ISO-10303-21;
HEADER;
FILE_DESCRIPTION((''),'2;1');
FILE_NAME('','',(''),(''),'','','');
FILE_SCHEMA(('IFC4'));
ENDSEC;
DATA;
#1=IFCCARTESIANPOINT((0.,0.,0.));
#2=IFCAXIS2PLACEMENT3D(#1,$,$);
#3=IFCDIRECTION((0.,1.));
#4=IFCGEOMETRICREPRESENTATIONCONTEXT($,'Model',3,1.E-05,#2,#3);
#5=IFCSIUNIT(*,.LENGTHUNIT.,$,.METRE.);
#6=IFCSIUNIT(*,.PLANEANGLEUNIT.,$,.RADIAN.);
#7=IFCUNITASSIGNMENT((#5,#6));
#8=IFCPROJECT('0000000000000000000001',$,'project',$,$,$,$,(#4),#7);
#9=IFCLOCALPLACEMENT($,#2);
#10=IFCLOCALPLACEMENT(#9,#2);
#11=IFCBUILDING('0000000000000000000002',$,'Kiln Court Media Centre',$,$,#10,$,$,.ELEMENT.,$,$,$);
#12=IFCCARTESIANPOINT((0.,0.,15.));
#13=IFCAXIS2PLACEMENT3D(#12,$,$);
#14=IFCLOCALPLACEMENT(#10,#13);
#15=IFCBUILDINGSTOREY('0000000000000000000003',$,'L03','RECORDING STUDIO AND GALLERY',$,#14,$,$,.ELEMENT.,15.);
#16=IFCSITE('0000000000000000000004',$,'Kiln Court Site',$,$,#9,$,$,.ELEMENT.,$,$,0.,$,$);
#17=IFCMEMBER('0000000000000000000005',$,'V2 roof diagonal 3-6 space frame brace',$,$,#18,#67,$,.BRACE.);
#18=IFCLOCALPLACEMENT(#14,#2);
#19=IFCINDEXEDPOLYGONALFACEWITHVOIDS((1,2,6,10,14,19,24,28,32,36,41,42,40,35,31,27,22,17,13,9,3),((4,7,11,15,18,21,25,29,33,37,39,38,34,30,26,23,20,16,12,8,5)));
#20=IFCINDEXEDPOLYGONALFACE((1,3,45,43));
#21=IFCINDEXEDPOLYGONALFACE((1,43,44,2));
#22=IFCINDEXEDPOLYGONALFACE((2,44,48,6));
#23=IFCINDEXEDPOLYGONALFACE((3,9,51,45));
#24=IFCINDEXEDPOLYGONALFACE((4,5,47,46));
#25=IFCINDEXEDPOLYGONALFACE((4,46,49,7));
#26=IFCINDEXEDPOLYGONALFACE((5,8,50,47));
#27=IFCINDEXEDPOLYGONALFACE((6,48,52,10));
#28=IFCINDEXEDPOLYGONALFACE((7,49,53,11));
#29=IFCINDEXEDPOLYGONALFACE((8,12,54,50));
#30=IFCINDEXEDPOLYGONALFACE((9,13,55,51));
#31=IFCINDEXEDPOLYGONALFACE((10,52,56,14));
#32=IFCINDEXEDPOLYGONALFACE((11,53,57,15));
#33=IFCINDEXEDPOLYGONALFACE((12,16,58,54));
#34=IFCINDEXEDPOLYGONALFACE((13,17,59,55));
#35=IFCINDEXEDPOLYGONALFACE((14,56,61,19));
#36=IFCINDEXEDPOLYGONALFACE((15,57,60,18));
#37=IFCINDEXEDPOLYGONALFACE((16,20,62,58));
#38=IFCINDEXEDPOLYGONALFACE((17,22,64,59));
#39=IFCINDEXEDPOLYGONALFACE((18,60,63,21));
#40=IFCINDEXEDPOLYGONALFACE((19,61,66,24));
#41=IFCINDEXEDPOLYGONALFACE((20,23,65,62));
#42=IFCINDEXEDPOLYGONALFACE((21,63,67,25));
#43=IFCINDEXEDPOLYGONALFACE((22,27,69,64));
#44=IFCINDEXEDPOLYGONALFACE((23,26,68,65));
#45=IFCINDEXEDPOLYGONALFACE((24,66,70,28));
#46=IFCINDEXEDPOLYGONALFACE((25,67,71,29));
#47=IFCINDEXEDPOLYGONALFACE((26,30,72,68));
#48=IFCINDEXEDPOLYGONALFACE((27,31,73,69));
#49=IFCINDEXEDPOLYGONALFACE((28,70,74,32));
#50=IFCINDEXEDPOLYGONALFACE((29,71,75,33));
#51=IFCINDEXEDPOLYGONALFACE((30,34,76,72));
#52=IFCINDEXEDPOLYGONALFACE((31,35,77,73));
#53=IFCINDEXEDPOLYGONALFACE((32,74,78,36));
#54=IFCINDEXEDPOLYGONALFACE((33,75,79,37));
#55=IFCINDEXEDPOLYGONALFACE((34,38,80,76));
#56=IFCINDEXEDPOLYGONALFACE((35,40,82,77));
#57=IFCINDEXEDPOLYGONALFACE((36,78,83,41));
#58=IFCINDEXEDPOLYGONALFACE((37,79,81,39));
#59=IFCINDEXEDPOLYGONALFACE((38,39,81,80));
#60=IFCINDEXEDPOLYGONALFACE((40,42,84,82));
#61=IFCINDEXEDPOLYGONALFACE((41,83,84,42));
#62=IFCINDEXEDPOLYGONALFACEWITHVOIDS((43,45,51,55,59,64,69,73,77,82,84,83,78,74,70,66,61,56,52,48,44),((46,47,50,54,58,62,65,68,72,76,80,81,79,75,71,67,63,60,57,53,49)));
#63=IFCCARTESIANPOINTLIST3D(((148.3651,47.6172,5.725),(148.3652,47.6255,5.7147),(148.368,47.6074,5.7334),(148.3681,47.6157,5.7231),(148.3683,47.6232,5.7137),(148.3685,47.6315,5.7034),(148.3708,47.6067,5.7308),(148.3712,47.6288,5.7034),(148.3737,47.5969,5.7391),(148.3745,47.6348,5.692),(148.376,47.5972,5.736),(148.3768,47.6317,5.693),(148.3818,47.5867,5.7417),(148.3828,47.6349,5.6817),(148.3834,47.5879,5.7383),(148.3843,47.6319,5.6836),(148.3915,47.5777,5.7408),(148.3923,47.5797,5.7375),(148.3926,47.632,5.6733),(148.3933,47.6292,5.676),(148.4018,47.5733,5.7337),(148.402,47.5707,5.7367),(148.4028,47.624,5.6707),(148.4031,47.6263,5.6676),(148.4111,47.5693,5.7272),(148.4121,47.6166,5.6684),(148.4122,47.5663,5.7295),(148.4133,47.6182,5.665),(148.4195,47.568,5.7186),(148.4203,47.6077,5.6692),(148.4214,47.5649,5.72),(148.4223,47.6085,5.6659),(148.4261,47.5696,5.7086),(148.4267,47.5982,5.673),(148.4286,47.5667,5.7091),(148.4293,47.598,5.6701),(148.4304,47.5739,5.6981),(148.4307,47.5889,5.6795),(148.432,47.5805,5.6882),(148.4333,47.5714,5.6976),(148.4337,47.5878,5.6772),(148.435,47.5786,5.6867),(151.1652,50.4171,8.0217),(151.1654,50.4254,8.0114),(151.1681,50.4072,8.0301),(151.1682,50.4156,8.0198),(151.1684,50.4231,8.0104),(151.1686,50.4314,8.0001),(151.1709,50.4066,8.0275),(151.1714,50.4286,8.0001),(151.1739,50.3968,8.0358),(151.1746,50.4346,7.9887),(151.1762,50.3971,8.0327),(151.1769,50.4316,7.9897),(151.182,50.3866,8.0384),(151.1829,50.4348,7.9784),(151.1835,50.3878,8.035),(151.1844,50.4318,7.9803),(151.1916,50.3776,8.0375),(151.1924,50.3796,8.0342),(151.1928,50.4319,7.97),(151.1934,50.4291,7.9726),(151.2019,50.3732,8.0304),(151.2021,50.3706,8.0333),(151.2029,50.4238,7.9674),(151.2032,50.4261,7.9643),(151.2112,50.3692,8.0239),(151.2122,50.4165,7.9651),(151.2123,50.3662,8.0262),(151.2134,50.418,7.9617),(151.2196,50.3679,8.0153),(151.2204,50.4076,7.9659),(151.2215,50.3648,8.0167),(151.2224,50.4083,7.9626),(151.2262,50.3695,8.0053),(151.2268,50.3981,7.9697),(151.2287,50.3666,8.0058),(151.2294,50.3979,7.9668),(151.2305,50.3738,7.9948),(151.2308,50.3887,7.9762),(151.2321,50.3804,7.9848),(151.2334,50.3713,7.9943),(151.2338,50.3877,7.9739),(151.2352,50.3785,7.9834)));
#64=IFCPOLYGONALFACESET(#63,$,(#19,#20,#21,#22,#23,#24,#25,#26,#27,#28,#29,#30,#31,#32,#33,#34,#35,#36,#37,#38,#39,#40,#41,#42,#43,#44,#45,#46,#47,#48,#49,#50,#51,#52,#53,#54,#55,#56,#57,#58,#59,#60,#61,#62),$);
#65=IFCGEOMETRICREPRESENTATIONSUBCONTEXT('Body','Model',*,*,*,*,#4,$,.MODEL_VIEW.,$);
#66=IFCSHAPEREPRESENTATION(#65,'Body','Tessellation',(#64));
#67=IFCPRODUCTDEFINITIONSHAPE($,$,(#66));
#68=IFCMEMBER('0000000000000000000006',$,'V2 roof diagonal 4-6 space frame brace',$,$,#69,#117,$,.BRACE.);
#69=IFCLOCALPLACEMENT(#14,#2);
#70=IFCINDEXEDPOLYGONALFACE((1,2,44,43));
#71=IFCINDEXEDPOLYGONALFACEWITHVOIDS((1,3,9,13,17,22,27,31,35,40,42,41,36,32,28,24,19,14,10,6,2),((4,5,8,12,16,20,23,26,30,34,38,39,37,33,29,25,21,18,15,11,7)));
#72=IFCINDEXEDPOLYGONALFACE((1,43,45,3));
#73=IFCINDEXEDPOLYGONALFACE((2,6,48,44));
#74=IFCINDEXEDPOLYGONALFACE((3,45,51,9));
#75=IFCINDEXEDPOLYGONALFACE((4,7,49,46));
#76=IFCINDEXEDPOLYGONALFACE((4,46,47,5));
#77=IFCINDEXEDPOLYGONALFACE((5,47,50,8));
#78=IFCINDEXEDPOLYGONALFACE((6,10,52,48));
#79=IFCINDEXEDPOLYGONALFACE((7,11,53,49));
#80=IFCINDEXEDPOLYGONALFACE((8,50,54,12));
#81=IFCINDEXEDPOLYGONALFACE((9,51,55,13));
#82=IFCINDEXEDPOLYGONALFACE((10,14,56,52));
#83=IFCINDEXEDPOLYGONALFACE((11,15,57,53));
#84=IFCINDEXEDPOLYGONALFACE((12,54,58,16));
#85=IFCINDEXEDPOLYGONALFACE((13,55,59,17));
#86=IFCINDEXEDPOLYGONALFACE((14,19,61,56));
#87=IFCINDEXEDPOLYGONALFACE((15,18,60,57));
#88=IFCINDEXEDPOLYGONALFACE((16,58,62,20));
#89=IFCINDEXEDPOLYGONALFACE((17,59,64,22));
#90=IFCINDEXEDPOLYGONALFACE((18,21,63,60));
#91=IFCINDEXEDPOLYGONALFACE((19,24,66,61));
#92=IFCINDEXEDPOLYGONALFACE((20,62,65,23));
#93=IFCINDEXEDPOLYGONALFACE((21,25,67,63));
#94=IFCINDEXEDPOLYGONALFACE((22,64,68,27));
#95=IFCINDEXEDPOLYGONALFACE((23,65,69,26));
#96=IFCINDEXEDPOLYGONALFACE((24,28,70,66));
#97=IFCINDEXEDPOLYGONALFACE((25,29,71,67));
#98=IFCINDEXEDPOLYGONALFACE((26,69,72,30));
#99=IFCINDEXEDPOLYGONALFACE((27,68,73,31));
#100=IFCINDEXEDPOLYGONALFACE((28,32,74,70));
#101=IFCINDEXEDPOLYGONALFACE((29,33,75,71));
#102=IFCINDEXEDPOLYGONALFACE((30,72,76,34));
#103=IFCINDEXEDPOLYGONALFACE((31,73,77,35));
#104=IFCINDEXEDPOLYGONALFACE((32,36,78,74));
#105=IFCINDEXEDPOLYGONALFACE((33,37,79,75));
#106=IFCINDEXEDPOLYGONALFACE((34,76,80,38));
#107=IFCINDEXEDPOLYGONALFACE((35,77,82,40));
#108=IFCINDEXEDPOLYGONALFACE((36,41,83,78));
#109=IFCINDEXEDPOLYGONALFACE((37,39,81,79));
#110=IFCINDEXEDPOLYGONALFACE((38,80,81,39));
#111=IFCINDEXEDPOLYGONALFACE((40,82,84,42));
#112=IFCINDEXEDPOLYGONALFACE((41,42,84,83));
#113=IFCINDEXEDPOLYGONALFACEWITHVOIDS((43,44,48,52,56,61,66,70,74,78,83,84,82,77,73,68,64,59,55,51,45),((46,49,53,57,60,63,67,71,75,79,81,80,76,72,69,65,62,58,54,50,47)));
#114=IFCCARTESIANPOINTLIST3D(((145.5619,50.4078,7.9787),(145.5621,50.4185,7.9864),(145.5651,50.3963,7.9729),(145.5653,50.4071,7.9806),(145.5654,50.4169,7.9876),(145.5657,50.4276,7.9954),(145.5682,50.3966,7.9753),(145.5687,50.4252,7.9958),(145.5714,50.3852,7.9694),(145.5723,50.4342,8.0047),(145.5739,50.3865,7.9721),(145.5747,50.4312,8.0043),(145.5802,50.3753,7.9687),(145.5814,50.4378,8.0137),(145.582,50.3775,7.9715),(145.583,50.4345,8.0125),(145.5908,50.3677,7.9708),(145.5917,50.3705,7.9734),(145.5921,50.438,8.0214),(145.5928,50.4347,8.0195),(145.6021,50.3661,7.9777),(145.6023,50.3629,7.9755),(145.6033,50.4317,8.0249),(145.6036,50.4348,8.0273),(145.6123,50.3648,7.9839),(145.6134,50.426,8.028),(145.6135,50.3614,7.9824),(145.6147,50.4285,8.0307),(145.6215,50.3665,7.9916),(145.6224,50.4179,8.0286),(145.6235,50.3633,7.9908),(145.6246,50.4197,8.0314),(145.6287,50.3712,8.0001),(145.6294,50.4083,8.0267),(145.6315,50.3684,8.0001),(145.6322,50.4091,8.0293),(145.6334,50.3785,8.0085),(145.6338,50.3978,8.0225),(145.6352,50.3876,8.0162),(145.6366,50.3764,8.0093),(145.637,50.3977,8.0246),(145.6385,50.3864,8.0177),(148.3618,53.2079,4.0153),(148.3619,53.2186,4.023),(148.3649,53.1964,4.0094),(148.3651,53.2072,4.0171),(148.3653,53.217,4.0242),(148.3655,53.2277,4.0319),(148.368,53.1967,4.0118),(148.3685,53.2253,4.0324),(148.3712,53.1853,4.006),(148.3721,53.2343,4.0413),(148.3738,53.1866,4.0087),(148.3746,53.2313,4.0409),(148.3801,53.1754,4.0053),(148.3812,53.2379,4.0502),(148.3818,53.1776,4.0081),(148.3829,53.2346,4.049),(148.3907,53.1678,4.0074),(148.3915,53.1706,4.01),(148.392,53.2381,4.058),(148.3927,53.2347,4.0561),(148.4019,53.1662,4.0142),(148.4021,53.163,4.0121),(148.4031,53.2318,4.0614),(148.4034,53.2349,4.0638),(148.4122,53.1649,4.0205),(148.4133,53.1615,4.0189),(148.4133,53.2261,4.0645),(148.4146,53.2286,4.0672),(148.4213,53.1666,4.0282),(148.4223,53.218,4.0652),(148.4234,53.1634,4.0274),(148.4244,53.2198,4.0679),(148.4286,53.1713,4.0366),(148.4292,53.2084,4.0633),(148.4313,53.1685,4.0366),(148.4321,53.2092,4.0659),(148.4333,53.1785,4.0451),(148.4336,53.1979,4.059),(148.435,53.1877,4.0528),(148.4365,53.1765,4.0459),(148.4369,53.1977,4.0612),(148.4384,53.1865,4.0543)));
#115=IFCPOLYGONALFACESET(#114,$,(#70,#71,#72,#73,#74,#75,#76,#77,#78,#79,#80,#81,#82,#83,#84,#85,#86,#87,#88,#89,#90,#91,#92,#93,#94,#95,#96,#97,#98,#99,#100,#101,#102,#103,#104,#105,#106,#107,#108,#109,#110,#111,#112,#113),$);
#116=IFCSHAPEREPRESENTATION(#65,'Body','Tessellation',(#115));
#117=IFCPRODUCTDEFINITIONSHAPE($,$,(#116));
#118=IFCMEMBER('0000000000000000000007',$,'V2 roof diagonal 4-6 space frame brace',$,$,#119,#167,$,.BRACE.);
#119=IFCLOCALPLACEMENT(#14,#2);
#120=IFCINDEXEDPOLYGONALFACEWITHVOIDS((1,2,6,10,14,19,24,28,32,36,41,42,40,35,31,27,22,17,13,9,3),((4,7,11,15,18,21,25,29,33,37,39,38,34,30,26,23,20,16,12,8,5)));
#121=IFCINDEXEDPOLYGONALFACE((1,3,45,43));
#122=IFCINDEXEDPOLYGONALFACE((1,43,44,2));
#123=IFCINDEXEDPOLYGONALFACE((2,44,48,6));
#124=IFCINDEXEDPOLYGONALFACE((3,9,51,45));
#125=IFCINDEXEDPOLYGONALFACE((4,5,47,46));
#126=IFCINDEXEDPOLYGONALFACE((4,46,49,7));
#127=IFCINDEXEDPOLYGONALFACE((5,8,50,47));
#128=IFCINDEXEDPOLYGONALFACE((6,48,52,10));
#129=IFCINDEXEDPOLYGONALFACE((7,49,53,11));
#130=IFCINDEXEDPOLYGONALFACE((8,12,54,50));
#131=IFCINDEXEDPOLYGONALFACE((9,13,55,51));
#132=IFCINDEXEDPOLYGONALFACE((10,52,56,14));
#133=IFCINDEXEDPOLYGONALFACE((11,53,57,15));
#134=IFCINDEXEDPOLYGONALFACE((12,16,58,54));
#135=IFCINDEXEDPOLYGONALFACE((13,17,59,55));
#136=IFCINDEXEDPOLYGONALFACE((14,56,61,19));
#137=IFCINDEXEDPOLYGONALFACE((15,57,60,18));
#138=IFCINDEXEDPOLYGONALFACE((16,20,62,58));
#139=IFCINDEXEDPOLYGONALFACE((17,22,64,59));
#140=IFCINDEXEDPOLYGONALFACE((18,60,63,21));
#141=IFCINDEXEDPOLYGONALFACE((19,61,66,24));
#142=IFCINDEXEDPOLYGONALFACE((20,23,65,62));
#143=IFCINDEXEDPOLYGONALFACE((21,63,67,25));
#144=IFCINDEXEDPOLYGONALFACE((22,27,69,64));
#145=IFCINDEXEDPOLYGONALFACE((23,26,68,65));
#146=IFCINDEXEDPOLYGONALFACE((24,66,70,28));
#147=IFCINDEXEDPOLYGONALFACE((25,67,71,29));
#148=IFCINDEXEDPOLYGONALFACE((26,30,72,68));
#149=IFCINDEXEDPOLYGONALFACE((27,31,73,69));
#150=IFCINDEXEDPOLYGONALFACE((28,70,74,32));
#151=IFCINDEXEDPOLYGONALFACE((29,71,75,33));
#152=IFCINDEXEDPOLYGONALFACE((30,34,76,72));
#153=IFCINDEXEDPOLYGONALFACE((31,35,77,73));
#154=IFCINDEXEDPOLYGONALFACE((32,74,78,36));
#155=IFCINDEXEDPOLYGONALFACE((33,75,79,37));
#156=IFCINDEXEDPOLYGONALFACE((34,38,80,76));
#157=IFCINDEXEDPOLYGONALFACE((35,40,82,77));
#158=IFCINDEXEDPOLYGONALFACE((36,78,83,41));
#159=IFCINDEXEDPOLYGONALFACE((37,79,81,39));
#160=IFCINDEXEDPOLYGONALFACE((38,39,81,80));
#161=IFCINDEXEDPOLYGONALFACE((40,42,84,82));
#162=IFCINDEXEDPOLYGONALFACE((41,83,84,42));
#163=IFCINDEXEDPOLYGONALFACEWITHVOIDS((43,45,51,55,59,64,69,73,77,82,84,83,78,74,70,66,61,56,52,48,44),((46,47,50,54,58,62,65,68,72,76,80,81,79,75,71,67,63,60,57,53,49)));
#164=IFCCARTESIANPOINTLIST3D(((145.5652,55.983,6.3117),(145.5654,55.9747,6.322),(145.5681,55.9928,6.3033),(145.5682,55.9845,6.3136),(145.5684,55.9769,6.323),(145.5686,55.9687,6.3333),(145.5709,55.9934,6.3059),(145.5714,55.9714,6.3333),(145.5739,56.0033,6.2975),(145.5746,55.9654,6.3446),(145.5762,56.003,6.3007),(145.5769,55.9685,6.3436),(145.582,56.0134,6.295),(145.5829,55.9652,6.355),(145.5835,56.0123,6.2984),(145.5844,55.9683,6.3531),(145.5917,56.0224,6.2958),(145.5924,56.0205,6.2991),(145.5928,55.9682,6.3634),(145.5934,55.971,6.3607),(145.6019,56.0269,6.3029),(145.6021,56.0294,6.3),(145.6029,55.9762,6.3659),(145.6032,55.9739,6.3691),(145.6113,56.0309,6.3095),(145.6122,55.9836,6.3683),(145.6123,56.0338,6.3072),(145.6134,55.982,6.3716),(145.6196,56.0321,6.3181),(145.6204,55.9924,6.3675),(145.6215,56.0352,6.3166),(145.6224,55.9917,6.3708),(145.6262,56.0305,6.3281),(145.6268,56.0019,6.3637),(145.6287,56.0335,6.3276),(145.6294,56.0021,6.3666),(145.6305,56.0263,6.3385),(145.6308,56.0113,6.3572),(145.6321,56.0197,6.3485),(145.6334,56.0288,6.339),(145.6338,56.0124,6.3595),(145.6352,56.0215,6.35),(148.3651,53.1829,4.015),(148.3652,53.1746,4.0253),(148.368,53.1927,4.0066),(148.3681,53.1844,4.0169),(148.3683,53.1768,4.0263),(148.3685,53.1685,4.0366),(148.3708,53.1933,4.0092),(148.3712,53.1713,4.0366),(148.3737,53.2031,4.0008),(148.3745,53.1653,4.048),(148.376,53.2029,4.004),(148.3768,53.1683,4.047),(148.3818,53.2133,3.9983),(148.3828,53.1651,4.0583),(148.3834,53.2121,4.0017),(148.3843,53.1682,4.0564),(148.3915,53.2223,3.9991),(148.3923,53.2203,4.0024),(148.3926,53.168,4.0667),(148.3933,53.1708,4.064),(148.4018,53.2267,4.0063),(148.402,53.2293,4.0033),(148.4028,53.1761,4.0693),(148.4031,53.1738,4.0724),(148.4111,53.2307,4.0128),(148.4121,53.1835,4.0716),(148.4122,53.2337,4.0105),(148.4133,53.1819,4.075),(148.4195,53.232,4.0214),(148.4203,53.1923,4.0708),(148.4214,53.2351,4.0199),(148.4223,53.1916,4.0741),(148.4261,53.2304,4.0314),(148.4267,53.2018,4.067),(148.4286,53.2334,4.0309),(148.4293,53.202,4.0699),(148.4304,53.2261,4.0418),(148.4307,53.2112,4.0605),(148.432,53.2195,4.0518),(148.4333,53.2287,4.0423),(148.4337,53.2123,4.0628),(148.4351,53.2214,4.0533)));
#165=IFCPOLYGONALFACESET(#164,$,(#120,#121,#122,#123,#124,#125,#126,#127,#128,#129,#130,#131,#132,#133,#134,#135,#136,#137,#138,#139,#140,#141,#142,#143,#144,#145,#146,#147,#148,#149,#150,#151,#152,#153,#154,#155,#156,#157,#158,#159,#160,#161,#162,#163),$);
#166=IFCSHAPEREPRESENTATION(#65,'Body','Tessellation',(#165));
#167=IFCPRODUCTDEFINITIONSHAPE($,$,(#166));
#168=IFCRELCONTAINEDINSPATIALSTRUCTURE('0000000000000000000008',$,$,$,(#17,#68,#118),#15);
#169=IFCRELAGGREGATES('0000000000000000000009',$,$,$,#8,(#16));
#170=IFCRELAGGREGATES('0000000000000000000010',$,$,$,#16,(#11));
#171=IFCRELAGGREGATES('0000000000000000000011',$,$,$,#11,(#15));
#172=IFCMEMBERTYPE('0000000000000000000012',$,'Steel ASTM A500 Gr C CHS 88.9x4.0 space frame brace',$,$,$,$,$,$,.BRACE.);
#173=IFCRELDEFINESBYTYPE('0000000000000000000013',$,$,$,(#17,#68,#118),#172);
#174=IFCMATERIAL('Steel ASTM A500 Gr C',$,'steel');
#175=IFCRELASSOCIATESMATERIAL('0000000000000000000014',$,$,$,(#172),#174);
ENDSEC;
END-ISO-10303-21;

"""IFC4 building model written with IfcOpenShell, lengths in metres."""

from ifc_helpers import new_model, si_unit, direction, frame, origin, origin_2d, place, context, subcontext, project, spatial, hollow_circle, extrude, material, material_profile, profile_set, type_object, element, save


model = new_model("IFC4")

# Units and contexts
model_context = context("Model", 3, precision=1e-05, world=origin(), true_north=direction((0.0, 1.0)))
body_context = subcontext(model_context, "Body", "Model", "MODEL_VIEW")
ifc_project = project(units=[si_unit("LENGTHUNIT", "METRE"), si_unit("PLANEANGLEUNIT", "RADIAN")], contexts=[model_context])

# Site, building, storey
site_placement = place(None, origin())
site = spatial("IfcSite", under=ifc_project, at=site_placement, Name="Kiln Court Site", CompositionType="ELEMENT", RefElevation=0.0)
building_placement = place(site_placement, origin())
building = spatial("IfcBuilding", under=site, at=building_placement, Name="Kiln Court Media Centre", CompositionType="ELEMENT")
storey_placement = place(building_placement, frame((0.0, 0.0, 15.0)))
storey = spatial("IfcBuildingStorey", under=building, at=storey_placement, Name="L03", Description="RECORDING STUDIO AND GALLERY", CompositionType="ELEMENT", Elevation=15.0)

# Members
ifc_material_1 = material(Name="Steel ASTM A500 Gr C", Category="steel")
ifc_material_profile_1 = material_profile(ifc_material_1, hollow_circle(Radius=0.0444, WallThickness=0.0039, at=origin_2d()), Name="CHS 88.9x4.0")
ifc_profile_set_1 = profile_set([ifc_material_profile_1], Name="Steel ASTM A500 Gr C")
member_type_1 = type_object("IfcMemberType", Name="Steel ASTM A500 Gr C CHS 88.9x4.0 space frame brace", PredefinedType="BRACE", material=ifc_profile_set_1)
member_1_placement = place(storey_placement, frame((148.3999, 47.6001, 5.7034), z_axis=(0.611696, 0.611642, 0.501719), x_axis=(-0.707076, 0.707138, 0.0)))
element("IfcMember", 1, at=member_1_placement, inside=storey, type_object=member_type_1, Name="V2 roof diagonal 3-6 space frame brace", PredefinedType="BRACE", context=body_context, shape_type="SweptSolid", body=[
    extrude(hollow_circle(Radius=0.0444, WallThickness=0.0039, at=origin_2d()), origin(), (0.0, 0.0, 1.0), 4.5776),
])
member_2_placement = place(storey_placement, frame((148.3999, 53.2, 4.0366), z_axis=(-0.499746, -0.499789, 0.707436), x_axis=(0.707138, -0.707076, 0.0)))
element("IfcMember", 2, at=member_2_placement, inside=storey, type_object=member_type_1, Name="V2 roof diagonal 4-6 space frame brace", PredefinedType="BRACE", context=body_context, shape_type="SweptSolid", body=[
    extrude(hollow_circle(Radius=0.0444, WallThickness=0.0039, at=origin_2d()), origin(), (0.0, 0.0, 1.0), 5.6025),
])
member_3_placement = place(storey_placement, frame((148.3999, 53.2, 4.0366), z_axis=(-0.611642, 0.611696, 0.501719), x_axis=(-0.707138, -0.707076, 0.0)))
element("IfcMember", 3, at=member_3_placement, inside=storey, type_object=member_type_1, Name="V2 roof diagonal 4-6 space frame brace", PredefinedType="BRACE", context=body_context, shape_type="SweptSolid", body=[
    extrude(hollow_circle(Radius=0.0444, WallThickness=0.0039, at=origin_2d()), origin(), (0.0, 0.0, 1.0), 4.5776),
])

save(model, "model.ifc")
